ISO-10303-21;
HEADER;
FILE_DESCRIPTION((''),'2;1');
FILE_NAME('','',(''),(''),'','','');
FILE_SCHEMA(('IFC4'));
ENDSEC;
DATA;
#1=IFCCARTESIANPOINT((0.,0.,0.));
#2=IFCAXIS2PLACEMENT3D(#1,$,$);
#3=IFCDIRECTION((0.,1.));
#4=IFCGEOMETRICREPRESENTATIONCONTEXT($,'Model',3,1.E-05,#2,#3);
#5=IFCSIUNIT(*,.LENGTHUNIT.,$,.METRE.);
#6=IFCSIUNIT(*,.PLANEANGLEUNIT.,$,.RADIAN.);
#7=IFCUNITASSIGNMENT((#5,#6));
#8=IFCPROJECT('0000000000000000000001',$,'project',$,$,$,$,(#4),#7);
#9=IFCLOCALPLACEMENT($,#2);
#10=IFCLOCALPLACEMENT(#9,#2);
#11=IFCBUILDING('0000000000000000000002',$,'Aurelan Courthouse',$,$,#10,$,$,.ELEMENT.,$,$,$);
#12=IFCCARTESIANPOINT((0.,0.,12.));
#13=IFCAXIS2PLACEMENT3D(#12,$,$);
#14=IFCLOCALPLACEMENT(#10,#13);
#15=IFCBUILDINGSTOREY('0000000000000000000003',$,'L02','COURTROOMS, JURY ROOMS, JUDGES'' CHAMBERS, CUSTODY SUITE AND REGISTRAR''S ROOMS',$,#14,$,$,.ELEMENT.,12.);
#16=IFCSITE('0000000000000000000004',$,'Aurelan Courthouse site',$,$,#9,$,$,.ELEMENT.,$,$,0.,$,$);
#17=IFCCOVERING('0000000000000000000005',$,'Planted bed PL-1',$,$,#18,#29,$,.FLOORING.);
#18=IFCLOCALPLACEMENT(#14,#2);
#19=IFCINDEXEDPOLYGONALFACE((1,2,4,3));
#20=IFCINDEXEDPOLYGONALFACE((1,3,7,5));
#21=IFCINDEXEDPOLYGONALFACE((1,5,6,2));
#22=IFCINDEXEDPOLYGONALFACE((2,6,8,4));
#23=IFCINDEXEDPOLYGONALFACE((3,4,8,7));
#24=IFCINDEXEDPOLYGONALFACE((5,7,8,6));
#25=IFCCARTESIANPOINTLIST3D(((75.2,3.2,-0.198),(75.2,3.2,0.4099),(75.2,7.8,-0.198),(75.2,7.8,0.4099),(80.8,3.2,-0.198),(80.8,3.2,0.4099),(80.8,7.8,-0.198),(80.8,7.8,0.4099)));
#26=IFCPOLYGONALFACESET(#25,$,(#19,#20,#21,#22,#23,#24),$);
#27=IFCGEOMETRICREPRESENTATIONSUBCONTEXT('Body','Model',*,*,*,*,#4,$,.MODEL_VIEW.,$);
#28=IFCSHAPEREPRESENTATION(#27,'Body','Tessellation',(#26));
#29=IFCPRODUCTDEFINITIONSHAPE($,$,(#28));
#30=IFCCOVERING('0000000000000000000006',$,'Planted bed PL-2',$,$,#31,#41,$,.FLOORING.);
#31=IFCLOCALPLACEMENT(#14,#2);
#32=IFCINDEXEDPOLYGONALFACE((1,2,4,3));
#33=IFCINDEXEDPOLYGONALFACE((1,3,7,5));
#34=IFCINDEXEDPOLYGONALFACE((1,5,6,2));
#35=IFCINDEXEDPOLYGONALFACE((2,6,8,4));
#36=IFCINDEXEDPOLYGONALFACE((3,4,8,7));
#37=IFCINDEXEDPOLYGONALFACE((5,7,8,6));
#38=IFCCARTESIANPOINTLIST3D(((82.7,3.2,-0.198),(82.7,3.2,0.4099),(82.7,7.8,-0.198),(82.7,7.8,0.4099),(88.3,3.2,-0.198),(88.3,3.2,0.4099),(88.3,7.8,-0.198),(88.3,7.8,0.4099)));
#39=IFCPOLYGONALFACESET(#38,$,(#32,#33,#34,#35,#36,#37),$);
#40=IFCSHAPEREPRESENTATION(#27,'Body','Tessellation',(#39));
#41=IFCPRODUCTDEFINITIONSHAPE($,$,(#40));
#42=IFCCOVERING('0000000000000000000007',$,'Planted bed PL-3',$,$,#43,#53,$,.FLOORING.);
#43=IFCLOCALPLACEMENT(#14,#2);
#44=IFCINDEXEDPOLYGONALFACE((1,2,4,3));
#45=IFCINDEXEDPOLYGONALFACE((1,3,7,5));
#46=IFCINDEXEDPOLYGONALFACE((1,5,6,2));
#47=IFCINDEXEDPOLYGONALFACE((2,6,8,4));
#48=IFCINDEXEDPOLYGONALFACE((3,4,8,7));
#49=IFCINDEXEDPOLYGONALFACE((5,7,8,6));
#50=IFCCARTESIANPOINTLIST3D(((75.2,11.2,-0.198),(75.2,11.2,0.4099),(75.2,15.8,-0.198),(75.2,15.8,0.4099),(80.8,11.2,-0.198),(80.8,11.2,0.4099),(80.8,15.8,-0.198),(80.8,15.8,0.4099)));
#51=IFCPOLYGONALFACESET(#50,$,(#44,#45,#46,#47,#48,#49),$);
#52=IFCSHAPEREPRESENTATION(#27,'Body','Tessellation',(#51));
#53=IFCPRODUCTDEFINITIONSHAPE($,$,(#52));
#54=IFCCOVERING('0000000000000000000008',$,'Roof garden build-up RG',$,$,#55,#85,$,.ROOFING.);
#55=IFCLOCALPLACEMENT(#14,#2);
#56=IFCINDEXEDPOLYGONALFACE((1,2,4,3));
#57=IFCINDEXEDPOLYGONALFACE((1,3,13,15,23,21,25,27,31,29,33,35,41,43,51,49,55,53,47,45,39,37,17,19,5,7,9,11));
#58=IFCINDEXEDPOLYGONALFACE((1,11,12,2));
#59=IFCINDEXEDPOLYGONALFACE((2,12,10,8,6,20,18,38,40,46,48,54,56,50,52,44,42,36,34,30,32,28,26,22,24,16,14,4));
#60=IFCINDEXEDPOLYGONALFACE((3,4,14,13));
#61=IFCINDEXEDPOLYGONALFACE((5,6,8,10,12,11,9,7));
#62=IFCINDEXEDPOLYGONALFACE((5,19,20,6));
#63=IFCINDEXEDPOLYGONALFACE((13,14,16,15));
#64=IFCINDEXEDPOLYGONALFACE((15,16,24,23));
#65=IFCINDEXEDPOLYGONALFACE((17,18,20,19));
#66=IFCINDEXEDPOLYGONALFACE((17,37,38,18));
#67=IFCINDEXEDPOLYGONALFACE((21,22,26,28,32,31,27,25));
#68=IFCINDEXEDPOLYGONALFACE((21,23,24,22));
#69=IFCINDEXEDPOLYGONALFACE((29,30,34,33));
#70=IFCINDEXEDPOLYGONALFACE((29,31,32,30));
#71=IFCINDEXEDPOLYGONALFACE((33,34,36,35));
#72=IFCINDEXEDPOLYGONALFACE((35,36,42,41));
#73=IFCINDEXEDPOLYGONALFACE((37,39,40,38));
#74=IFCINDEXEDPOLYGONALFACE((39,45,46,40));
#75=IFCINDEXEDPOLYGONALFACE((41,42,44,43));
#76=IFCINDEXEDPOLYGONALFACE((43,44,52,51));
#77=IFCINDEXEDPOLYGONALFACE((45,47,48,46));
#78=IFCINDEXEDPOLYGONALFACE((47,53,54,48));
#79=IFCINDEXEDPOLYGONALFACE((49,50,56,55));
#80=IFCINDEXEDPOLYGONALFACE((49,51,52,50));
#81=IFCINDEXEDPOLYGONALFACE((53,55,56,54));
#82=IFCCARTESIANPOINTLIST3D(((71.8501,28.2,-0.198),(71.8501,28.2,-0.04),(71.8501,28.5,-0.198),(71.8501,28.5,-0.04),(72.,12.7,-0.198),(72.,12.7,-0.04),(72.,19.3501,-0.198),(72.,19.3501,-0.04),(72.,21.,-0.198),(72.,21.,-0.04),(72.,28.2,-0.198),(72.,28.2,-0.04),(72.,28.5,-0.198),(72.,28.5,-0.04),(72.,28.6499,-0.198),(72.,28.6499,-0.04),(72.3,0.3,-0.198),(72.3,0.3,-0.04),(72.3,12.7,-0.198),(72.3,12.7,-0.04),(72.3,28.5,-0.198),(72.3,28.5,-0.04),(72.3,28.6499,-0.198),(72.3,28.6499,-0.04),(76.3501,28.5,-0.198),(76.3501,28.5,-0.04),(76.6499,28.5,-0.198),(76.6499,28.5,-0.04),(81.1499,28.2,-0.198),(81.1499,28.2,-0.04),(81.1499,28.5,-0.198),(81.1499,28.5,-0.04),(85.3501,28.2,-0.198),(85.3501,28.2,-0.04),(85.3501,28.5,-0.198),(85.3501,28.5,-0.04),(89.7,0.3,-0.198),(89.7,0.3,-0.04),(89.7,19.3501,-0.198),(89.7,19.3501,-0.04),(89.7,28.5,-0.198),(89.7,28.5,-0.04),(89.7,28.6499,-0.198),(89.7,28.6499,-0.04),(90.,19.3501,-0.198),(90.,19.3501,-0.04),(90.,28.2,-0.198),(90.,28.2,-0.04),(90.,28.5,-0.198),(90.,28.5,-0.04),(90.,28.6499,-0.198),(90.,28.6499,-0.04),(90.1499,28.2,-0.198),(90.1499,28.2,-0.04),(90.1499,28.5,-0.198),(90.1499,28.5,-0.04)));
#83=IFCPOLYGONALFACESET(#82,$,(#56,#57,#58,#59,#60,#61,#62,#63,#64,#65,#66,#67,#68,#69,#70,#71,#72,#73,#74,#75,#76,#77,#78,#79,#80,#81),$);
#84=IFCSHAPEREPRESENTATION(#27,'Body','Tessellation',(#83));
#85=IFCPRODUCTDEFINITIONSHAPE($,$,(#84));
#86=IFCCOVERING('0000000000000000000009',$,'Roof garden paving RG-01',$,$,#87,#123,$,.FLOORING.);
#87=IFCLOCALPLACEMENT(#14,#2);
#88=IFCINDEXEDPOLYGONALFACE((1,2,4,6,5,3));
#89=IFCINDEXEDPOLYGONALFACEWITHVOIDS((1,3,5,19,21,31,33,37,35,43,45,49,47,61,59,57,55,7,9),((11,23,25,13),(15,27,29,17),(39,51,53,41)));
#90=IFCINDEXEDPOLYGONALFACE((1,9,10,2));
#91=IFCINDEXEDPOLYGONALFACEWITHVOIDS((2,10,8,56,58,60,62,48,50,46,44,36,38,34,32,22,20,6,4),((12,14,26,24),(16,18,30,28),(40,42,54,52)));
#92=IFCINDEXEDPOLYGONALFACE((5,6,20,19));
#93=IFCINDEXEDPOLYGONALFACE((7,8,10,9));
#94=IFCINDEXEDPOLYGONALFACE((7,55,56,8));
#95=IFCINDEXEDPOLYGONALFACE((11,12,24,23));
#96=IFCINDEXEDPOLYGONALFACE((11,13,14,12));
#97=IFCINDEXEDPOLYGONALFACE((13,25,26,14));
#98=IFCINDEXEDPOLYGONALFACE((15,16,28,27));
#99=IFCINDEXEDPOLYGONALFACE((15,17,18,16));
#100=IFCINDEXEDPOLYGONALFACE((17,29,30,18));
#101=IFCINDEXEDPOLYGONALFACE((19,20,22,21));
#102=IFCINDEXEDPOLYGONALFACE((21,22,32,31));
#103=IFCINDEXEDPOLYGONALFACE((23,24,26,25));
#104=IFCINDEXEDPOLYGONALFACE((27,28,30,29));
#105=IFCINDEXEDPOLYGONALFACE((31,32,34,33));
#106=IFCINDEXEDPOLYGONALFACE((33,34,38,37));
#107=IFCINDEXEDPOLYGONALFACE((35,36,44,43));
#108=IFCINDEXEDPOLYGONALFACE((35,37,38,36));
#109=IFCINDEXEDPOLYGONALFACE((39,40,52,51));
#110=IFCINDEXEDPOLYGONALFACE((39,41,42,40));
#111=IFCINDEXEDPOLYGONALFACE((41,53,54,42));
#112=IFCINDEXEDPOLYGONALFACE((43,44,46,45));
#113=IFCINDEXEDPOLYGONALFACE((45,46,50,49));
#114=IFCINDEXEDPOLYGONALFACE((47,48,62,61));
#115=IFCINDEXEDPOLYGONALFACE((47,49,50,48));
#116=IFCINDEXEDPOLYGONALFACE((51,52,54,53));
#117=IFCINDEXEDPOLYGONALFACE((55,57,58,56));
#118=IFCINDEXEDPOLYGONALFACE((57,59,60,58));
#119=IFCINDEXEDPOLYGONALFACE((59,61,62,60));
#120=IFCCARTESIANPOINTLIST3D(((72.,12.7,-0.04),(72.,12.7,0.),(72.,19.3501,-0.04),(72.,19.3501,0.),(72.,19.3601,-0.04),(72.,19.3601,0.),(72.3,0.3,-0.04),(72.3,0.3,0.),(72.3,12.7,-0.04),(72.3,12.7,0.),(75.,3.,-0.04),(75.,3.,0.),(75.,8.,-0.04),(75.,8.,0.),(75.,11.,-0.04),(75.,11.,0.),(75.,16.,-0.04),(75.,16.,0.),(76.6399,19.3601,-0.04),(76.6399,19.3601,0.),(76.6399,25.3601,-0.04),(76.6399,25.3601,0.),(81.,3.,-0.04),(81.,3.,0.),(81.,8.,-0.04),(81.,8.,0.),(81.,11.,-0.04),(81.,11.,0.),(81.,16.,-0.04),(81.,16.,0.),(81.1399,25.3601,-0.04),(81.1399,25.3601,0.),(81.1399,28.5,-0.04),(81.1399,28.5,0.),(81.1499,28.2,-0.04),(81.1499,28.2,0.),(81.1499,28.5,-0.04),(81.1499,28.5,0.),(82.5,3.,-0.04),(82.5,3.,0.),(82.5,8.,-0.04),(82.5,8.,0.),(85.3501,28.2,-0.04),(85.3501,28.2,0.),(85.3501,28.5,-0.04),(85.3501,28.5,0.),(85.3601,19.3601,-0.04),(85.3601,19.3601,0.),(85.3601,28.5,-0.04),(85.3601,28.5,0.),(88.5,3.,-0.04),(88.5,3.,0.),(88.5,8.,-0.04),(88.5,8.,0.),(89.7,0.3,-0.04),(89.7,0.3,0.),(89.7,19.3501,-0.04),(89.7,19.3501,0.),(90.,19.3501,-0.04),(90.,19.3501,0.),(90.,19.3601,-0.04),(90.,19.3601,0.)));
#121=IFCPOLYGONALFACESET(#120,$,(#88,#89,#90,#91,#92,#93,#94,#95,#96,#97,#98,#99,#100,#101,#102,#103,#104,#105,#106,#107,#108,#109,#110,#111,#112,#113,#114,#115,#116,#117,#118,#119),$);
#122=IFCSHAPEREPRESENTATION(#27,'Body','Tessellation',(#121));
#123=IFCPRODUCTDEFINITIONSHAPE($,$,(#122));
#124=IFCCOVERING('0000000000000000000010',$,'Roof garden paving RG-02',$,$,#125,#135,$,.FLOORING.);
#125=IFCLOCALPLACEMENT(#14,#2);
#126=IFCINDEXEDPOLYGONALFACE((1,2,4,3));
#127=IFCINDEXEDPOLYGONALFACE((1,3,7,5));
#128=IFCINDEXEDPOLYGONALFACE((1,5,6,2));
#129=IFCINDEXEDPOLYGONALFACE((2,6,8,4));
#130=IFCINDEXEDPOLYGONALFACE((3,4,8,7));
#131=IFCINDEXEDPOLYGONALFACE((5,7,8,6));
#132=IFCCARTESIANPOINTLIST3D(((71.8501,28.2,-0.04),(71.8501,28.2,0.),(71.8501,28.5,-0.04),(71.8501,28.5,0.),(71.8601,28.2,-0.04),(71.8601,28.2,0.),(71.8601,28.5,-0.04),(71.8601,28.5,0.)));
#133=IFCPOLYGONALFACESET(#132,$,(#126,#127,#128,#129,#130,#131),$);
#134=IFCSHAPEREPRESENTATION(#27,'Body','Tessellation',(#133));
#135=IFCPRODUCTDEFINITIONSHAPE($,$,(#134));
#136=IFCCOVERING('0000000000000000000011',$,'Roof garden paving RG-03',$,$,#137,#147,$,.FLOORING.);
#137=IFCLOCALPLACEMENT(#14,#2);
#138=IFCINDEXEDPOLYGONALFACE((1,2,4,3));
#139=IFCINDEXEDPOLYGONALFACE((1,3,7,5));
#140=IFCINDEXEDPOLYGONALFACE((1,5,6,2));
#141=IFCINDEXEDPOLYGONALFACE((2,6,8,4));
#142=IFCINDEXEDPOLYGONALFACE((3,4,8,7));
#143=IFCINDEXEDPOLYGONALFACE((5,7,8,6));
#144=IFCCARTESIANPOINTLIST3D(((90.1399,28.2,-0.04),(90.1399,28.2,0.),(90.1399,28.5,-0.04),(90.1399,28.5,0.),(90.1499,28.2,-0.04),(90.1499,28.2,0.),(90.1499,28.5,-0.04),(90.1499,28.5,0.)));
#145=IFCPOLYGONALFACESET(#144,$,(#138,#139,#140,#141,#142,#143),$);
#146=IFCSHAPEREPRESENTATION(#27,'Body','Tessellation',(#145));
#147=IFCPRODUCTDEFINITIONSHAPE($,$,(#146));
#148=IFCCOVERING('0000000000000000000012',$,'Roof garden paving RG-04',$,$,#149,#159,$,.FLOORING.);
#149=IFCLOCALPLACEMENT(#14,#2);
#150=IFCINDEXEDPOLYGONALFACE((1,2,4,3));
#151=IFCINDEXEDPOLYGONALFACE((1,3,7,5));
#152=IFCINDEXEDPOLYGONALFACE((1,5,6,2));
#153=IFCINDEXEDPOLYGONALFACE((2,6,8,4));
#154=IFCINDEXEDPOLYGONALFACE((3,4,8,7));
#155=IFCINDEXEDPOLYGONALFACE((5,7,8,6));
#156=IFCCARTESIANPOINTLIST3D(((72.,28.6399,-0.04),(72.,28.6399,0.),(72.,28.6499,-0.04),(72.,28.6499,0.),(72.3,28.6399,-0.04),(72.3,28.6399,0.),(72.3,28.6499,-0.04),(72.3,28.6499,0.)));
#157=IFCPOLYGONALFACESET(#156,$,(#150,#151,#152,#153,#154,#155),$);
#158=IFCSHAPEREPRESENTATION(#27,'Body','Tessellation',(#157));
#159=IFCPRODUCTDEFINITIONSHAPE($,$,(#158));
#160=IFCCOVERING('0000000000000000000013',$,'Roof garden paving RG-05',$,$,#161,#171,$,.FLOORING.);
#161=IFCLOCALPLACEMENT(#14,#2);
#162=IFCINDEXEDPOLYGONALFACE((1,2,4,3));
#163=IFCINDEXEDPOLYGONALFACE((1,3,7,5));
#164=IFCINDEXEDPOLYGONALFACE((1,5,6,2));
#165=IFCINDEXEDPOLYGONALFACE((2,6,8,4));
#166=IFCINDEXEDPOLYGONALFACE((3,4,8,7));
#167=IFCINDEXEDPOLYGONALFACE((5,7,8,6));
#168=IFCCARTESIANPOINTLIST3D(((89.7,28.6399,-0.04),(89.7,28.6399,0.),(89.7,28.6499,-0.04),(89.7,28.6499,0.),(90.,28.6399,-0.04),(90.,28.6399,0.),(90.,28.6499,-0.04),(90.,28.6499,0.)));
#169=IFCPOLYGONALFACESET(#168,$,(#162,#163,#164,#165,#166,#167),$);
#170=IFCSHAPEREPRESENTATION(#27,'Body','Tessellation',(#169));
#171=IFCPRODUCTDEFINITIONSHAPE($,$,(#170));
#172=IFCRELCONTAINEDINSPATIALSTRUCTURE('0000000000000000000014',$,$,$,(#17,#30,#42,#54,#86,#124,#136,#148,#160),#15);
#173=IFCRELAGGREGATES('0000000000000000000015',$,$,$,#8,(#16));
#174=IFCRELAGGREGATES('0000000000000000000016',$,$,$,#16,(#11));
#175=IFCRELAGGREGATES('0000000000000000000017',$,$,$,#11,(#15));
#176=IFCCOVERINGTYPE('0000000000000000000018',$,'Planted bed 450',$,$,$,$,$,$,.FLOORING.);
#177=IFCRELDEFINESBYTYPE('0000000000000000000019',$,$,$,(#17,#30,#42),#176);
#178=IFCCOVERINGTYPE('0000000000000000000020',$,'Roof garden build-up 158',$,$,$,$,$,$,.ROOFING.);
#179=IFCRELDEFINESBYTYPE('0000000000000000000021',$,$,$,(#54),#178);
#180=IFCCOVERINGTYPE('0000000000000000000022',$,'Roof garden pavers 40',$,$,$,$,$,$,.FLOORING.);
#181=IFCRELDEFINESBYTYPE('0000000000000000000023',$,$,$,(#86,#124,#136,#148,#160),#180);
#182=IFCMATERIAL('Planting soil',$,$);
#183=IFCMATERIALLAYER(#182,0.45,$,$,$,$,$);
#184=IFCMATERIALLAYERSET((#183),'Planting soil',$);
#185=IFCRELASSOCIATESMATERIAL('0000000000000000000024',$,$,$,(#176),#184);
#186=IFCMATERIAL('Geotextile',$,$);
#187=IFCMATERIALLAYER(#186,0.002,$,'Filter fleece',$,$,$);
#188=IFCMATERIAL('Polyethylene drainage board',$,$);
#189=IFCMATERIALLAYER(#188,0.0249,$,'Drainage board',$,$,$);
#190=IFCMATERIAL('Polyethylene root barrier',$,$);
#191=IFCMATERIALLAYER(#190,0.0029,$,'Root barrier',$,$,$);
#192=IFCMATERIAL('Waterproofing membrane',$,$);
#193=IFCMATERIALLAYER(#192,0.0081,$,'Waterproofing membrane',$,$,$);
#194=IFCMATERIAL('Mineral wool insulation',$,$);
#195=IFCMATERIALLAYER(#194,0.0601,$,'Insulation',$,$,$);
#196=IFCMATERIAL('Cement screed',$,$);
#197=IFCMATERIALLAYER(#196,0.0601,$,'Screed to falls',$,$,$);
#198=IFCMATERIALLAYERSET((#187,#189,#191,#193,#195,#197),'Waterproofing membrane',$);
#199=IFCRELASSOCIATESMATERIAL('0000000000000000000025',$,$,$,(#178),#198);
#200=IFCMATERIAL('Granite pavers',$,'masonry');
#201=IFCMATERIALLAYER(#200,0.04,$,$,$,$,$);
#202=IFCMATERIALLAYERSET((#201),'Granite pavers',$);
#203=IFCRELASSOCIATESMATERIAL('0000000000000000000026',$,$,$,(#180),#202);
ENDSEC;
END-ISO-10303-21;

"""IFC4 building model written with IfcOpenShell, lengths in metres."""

from ifc_helpers import new_model, si_unit, direction, frame, origin, place, context, subcontext, project, spatial, polyline, outline, extrude, material, layer, layer_set, type_object, element, save


model = new_model("IFC4")

# Units and contexts
model_context = context("Model", 3, precision=1e-05, world=origin(), true_north=direction((0.0, 1.0)))
body_context = subcontext(model_context, "Body", "Model", "MODEL_VIEW")
ifc_project = project(units=[si_unit("LENGTHUNIT", "METRE"), si_unit("PLANEANGLEUNIT", "RADIAN")], contexts=[model_context])

# Site, building, storey
site_placement = place(None, origin())
site = spatial("IfcSite", under=ifc_project, at=site_placement, Name="Aurelan Courthouse site", CompositionType="ELEMENT", RefElevation=0.0)
building_placement = place(site_placement, origin())
building = spatial("IfcBuilding", under=site, at=building_placement, Name="Aurelan Courthouse", CompositionType="ELEMENT")
storey_placement = place(building_placement, frame((0.0, 0.0, 12.0)))
storey = spatial("IfcBuildingStorey", under=building, at=storey_placement, Name="L02", Description="COURTROOMS, JURY ROOMS, JUDGES' CHAMBERS, CUSTODY SUITE AND REGISTRAR'S ROOMS", CompositionType="ELEMENT", Elevation=12.0)

# Shared definitions
ifc_material_1 = material(Name="Mineral wool insulation")

# Coverings
ifc_material_2 = material(Name="Planting soil")
ifc_layer_1 = layer(ifc_material_2, 0.45)
ifc_layer_set_1 = layer_set([ifc_layer_1], Name="Planting soil")
covering_type_1 = type_object("IfcCoveringType", Name="Planted bed 450", PredefinedType="FLOORING", material=ifc_layer_set_1)
covering_1_placement = place(storey_placement, frame((0.0, 0.0, -0.198)))
element("IfcCovering", 1, at=covering_1_placement, inside=storey, type_object=covering_type_1, Name="Planted bed PL-1", PredefinedType="FLOORING", context=body_context, shape_type="SweptSolid", body=[
    extrude(outline(polyline([(75.2, 3.2), (80.8, 3.2), (80.8, 7.8), (75.2, 7.8), (75.2, 3.2)])), origin(), (0.0, 0.0, 1.0), 0.6079),
])
covering_2_placement = place(storey_placement, frame((0.0, 0.0, -0.198)))
element("IfcCovering", 2, at=covering_2_placement, inside=storey, type_object=covering_type_1, Name="Planted bed PL-2", PredefinedType="FLOORING", context=body_context, shape_type="SweptSolid", body=[
    extrude(outline(polyline([(82.7, 3.2), (88.3, 3.2), (88.3, 7.8), (82.7, 7.8), (82.7, 3.2)])), origin(), (0.0, 0.0, 1.0), 0.6079),
])
covering_3_placement = place(storey_placement, frame((0.0, 0.0, -0.198)))
element("IfcCovering", 3, at=covering_3_placement, inside=storey, type_object=covering_type_1, Name="Planted bed PL-3", PredefinedType="FLOORING", context=body_context, shape_type="SweptSolid", body=[
    extrude(outline(polyline([(75.2, 11.2), (80.8, 11.2), (80.8, 15.8), (75.2, 15.8), (75.2, 11.2)])), origin(), (0.0, 0.0, 1.0), 0.6079),
])
ifc_material_3 = material(Name="Geotextile")
ifc_layer_2 = layer(ifc_material_3, 0.002, Name="Filter fleece")
ifc_material_4 = material(Name="Polyethylene drainage board")
ifc_layer_3 = layer(ifc_material_4, 0.0249, Name="Drainage board")
ifc_material_5 = material(Name="Polyethylene root barrier")
ifc_layer_4 = layer(ifc_material_5, 0.0029, Name="Root barrier")
ifc_material_6 = material(Name="Waterproofing membrane")
ifc_layer_5 = layer(ifc_material_6, 0.0081, Name="Waterproofing membrane")
ifc_layer_6 = layer(ifc_material_1, 0.0601, Name="Insulation")
ifc_material_7 = material(Name="Cement screed")
ifc_layer_7 = layer(ifc_material_7, 0.0601, Name="Screed to falls")
ifc_layer_set_2 = layer_set([ifc_layer_2, ifc_layer_3, ifc_layer_4, ifc_layer_5, ifc_layer_6, ifc_layer_7], Name="Waterproofing membrane")
covering_type_2 = type_object("IfcCoveringType", Name="Roof garden build-up 158", PredefinedType="ROOFING", material=ifc_layer_set_2)
covering_4_placement = place(storey_placement, frame((0.0, 0.0, -0.198)))
element("IfcCovering", 4, at=covering_4_placement, inside=storey, type_object=covering_type_2, Name="Roof garden build-up RG", PredefinedType="ROOFING", context=body_context, shape_type="SweptSolid", body=[
    extrude(outline(polyline([(71.8501, 28.2), (72.0, 28.2), (72.0, 21.0), (72.0, 19.3501), (72.0, 12.7), (72.3, 12.7), (72.3, 0.3), (89.7, 0.3), (89.7, 19.3501), (90.0, 19.3501), (90.0, 28.2), (90.1499, 28.2), (90.1499, 28.5), (90.0, 28.5), (90.0, 28.6499), (89.7, 28.6499), (89.7, 28.5), (85.3501, 28.5), (85.3501, 28.2), (81.1499, 28.2), (81.1499, 28.5), (76.6499, 28.5), (76.3501, 28.5), (72.3, 28.5), (72.3, 28.6499), (72.0, 28.6499), (72.0, 28.5), (71.8501, 28.5), (71.8501, 28.2)])), origin(), (0.0, 0.0, 1.0), 0.158),
])
ifc_material_8 = material(Name="Granite pavers", Category="masonry")
ifc_layer_8 = layer(ifc_material_8, 0.04)
ifc_layer_set_3 = layer_set([ifc_layer_8], Name="Granite pavers")
covering_type_3 = type_object("IfcCoveringType", Name="Roof garden pavers 40", PredefinedType="FLOORING", material=ifc_layer_set_3)
covering_5_placement = place(storey_placement, frame((0.0, 0.0, -0.04)))
element("IfcCovering", 5, at=covering_5_placement, inside=storey, type_object=covering_type_3, Name="Roof garden paving RG-01", PredefinedType="FLOORING", context=body_context, shape_type="SweptSolid", body=[
    extrude(outline(polyline([(72.0, 19.3501), (72.0, 12.7), (72.3, 12.7), (72.3, 0.3), (89.7, 0.3), (89.7, 19.3501), (90.0, 19.3501), (90.0, 19.3601), (85.3601, 19.3601), (85.3601, 28.5), (85.3501, 28.5), (85.3501, 28.2), (81.1499, 28.2), (81.1499, 28.5), (81.1399, 28.5), (81.1399, 25.3601), (76.6399, 25.3601), (76.6399, 19.3601), (72.0, 19.3601), (72.0, 19.3501)]), holes=[polyline([(75.0, 3.0), (81.0, 3.0), (81.0, 8.0), (75.0, 8.0), (75.0, 3.0)]), polyline([(82.5, 8.0), (82.5, 3.0), (88.5, 3.0), (88.5, 8.0), (82.5, 8.0)]), polyline([(75.0, 16.0), (75.0, 11.0), (81.0, 11.0), (81.0, 16.0), (75.0, 16.0)])]), origin(), (0.0, 0.0, 1.0), 0.04),
])
covering_6_placement = place(storey_placement, frame((0.0, 0.0, -0.04)))
element("IfcCovering", 6, at=covering_6_placement, inside=storey, type_object=covering_type_3, Name="Roof garden paving RG-02", PredefinedType="FLOORING", context=body_context, shape_type="SweptSolid", body=[
    extrude(outline(polyline([(71.8601, 28.2), (71.8601, 28.5), (71.8501, 28.5), (71.8501, 28.2), (71.8601, 28.2)])), origin(), (0.0, 0.0, 1.0), 0.04),
])
covering_7_placement = place(storey_placement, frame((0.0, 0.0, -0.04)))
element("IfcCovering", 7, at=covering_7_placement, inside=storey, type_object=covering_type_3, Name="Roof garden paving RG-03", PredefinedType="FLOORING", context=body_context, shape_type="SweptSolid", body=[
    extrude(outline(polyline([(90.1399, 28.5), (90.1399, 28.2), (90.1499, 28.2), (90.1499, 28.5), (90.1399, 28.5)])), origin(), (0.0, 0.0, 1.0), 0.04),
])
covering_8_placement = place(storey_placement, frame((0.0, 0.0, -0.04)))
element("IfcCovering", 8, at=covering_8_placement, inside=storey, type_object=covering_type_3, Name="Roof garden paving RG-04", PredefinedType="FLOORING", context=body_context, shape_type="SweptSolid", body=[
    extrude(outline(polyline([(72.0, 28.6399), (72.3, 28.6399), (72.3, 28.6499), (72.0, 28.6499), (72.0, 28.6399)])), origin(), (0.0, 0.0, 1.0), 0.04),
])
covering_9_placement = place(storey_placement, frame((0.0, 0.0, -0.04)))
element("IfcCovering", 9, at=covering_9_placement, inside=storey, type_object=covering_type_3, Name="Roof garden paving RG-05", PredefinedType="FLOORING", context=body_context, shape_type="SweptSolid", body=[
    extrude(outline(polyline([(89.7, 28.6399), (90.0, 28.6399), (90.0, 28.6499), (89.7, 28.6499), (89.7, 28.6399)])), origin(), (0.0, 0.0, 1.0), 0.04),
])

save(model, "model.ifc")
